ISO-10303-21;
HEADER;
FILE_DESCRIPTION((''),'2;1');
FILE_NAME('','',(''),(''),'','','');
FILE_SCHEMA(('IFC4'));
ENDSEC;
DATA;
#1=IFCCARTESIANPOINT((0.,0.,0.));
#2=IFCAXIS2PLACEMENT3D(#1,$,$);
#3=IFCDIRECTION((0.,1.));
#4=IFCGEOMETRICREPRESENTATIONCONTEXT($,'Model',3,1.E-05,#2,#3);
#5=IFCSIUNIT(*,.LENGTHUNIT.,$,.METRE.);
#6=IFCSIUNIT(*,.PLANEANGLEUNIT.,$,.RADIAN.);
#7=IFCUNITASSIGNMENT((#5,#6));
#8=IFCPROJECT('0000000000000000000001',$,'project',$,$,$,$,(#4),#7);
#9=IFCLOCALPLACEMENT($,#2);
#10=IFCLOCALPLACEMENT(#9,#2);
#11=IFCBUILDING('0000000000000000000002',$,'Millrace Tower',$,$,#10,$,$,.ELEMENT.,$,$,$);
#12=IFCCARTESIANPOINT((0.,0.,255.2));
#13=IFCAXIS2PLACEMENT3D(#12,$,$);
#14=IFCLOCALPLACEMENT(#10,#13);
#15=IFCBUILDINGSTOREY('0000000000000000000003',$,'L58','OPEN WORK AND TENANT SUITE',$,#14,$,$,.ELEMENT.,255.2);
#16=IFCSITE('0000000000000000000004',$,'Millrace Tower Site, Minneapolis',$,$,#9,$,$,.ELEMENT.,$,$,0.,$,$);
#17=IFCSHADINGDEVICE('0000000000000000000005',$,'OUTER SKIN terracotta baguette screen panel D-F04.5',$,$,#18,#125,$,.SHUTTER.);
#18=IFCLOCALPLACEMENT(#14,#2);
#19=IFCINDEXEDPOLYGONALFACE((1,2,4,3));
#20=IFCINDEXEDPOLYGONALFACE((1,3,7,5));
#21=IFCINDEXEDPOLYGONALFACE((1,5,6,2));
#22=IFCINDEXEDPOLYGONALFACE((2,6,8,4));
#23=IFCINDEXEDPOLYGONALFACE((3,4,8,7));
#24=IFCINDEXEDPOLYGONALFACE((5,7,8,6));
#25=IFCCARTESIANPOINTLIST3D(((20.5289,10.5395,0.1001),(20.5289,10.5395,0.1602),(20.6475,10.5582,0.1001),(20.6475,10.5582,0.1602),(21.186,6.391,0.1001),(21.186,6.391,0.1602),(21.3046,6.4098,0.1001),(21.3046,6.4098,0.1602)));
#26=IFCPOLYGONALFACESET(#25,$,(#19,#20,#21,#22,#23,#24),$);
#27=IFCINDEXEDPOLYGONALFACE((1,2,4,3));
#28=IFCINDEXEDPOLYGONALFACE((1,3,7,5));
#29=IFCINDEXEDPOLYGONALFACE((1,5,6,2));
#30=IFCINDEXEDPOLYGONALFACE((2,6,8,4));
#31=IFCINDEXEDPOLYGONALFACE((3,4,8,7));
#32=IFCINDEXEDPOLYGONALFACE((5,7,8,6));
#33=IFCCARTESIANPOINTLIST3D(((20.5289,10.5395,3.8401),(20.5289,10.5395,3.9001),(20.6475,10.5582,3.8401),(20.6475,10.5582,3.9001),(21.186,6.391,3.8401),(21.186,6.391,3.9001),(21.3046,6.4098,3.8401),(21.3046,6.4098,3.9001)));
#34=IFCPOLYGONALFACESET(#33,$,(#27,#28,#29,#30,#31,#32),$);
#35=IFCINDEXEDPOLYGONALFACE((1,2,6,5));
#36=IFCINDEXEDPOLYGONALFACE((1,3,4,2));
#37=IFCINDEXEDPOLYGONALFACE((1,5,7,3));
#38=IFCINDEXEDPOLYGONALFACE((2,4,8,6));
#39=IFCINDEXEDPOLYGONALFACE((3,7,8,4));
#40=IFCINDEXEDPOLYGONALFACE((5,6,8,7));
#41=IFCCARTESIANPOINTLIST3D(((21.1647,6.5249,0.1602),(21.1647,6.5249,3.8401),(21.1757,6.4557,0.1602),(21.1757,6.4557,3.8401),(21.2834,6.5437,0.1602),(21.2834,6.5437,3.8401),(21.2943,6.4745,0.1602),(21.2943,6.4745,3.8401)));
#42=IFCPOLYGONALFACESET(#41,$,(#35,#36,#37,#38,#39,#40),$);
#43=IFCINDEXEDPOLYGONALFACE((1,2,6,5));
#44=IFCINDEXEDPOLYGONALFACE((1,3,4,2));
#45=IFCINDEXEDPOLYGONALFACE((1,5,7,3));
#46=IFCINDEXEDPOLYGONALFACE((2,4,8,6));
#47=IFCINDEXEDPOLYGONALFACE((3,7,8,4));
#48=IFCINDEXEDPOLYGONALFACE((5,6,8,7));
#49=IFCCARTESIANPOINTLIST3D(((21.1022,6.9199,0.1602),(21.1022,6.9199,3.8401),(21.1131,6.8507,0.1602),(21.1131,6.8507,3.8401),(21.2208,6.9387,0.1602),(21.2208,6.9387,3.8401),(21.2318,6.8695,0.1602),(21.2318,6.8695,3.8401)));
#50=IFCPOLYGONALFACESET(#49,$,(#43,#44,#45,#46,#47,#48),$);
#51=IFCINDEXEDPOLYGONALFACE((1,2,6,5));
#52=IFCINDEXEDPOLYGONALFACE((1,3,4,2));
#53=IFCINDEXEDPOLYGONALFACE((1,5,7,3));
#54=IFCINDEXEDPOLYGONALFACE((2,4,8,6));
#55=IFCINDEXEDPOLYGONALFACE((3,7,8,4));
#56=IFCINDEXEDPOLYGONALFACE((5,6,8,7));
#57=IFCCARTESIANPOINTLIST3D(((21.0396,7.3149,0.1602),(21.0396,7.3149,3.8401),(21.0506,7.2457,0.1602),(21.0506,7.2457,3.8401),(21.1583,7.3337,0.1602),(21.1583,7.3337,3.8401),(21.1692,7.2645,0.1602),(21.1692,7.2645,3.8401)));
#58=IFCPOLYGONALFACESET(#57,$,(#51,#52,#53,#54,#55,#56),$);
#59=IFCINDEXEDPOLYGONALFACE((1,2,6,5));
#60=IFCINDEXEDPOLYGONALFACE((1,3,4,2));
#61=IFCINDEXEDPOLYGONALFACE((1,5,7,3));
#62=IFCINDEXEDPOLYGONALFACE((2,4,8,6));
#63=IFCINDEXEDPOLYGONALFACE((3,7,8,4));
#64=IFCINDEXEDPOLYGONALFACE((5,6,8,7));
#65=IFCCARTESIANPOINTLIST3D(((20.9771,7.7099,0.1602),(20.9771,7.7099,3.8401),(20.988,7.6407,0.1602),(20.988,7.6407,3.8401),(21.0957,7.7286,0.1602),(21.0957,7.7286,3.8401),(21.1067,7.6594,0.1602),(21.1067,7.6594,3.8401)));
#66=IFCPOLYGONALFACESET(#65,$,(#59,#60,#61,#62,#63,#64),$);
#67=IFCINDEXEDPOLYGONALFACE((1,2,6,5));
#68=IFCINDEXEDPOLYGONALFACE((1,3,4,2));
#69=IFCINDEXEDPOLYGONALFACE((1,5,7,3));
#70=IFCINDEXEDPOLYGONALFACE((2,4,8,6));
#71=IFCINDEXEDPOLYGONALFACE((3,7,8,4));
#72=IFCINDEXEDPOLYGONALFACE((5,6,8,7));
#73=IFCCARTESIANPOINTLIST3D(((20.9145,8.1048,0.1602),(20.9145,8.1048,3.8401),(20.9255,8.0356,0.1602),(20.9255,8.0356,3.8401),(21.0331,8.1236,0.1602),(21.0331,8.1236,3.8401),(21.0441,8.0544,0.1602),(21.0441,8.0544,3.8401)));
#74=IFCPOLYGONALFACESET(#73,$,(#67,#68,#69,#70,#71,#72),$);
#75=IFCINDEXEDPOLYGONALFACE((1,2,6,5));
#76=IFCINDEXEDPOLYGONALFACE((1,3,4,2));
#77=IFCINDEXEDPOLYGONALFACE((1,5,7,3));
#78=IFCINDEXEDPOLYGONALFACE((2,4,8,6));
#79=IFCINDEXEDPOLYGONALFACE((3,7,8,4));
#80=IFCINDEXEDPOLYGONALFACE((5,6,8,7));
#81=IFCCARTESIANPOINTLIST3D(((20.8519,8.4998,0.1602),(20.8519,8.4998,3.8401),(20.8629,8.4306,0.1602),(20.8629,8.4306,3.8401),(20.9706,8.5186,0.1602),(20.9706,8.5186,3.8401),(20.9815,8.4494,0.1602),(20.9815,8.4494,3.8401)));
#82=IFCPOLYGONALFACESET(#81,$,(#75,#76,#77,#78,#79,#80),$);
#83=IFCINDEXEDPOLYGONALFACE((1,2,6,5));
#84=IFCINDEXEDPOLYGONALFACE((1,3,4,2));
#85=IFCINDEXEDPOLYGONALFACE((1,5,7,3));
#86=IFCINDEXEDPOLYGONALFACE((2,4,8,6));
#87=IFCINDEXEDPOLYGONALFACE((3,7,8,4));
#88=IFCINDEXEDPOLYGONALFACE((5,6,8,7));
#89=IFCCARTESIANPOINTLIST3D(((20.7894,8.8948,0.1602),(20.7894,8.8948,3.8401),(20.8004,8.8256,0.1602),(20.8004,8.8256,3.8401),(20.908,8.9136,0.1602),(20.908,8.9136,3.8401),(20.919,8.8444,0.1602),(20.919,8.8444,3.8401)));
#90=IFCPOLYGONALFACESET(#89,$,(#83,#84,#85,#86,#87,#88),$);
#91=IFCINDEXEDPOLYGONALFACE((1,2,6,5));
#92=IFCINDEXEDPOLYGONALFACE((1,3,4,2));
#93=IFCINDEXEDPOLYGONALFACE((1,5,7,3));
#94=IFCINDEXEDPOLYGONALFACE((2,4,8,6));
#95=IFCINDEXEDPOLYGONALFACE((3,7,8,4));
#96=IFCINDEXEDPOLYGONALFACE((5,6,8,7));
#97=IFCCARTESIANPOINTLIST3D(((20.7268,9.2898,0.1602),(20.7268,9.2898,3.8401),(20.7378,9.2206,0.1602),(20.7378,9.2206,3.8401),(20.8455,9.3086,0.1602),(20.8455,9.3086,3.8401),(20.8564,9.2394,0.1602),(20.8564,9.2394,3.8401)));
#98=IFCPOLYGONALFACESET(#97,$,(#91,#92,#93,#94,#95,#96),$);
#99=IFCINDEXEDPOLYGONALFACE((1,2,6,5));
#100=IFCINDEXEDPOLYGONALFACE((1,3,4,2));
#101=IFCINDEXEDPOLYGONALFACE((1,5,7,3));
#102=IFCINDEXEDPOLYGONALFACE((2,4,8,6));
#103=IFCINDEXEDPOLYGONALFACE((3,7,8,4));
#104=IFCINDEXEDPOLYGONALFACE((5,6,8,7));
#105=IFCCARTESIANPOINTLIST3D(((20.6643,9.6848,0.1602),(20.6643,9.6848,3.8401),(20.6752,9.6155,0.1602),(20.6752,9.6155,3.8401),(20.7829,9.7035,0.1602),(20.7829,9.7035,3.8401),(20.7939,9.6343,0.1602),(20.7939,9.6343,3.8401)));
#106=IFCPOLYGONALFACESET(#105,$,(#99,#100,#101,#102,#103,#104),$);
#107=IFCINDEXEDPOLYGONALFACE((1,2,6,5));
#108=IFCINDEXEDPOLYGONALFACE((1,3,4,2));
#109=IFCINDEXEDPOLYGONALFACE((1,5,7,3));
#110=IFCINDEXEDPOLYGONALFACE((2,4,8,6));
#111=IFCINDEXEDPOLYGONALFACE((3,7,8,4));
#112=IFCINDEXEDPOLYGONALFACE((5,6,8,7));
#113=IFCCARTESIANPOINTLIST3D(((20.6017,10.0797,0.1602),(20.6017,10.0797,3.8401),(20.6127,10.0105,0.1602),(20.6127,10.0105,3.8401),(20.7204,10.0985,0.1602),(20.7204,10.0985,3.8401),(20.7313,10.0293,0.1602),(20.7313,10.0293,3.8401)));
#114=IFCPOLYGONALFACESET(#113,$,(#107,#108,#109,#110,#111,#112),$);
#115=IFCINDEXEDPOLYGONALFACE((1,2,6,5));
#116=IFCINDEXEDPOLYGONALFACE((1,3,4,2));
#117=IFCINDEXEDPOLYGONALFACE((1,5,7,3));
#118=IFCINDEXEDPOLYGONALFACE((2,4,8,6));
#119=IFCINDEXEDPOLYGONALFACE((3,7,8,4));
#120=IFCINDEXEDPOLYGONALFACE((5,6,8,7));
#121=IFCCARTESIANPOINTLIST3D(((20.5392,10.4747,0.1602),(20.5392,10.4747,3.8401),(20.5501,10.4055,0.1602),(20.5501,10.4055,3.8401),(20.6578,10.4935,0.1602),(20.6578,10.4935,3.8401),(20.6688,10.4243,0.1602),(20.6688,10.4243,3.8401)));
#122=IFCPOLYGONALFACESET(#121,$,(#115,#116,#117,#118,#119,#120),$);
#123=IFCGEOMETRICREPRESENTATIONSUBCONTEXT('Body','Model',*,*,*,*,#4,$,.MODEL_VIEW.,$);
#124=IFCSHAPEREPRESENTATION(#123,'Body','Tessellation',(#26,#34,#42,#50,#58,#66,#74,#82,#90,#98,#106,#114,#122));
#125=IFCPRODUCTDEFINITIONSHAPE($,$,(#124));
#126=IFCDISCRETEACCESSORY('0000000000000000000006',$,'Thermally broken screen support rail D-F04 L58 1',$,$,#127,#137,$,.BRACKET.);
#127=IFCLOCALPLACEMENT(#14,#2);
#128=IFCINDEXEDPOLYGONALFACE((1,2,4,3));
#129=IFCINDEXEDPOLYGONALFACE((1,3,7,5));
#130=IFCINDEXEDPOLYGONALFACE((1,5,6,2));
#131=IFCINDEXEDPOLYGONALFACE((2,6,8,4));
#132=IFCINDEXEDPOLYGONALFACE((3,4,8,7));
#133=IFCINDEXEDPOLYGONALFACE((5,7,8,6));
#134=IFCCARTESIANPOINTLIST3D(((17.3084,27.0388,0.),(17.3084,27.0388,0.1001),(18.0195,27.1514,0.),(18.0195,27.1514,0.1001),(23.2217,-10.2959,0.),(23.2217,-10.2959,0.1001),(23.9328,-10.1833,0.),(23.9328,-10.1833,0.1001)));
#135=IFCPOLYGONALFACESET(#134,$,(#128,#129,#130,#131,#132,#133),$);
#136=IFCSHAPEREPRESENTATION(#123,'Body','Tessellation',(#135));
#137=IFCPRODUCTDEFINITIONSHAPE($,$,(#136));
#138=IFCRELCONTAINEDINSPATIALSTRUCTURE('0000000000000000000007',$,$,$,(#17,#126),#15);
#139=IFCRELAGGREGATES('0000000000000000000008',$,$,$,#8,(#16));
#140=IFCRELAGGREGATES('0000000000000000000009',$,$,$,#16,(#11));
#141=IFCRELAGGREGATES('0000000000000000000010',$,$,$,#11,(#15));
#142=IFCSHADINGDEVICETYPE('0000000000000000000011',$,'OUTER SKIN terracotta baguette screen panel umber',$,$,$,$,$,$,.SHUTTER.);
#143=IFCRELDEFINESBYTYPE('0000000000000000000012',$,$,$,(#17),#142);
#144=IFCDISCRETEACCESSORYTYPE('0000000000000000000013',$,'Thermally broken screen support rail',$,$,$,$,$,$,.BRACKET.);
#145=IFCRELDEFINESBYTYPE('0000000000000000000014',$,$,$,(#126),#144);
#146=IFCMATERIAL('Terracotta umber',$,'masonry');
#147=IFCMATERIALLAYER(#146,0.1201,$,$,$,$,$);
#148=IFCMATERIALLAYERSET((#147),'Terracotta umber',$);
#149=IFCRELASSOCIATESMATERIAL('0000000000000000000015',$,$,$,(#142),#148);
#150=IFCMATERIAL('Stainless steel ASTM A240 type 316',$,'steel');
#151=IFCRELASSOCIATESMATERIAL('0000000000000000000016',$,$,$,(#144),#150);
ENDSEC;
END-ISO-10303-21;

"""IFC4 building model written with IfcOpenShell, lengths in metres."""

from ifc_helpers import new_model, entity, si_unit, direction, frame, frame_2d, origin, origin_2d, place, context, subcontext, project, spatial, rectangle, extrude, source, transform, mapped, material, layer, layer_set, type_object, element, save


model = new_model("IFC4")

# Units and contexts
model_context = context("Model", 3, precision=1e-05, world=origin(), true_north=direction((0.0, 1.0)))
body_context = subcontext(model_context, "Body", "Model", "MODEL_VIEW")
ifc_project = project(units=[si_unit("LENGTHUNIT", "METRE"), si_unit("PLANEANGLEUNIT", "RADIAN")], contexts=[model_context])

# Site, building, storey
site_placement = place(None, origin())
site = spatial("IfcSite", under=ifc_project, at=site_placement, Name="Millrace Tower Site, Minneapolis", CompositionType="ELEMENT", RefElevation=0.0)
building_placement = place(site_placement, origin())
building = spatial("IfcBuilding", under=site, at=building_placement, Name="Millrace Tower", CompositionType="ELEMENT")
storey_placement = place(building_placement, frame((0.0, 0.0, 255.2)))
storey = spatial("IfcBuildingStorey", under=building, at=storey_placement, Name="L58", Description="OPEN WORK AND TENANT SUITE", CompositionType="ELEMENT", Elevation=255.2)

# Shading device
ifc_material_1 = material(Name="Terracotta umber", Category="masonry")
ifc_layer_1 = layer(ifc_material_1, 0.1201)
ifc_layer_set_1 = layer_set([ifc_layer_1], Name="Terracotta umber")
shading_device_type = type_object("IfcShadingDeviceType", Name="OUTER SKIN terracotta baguette screen panel umber", PredefinedType="SHUTTER", material=ifc_layer_set_1)
cartesian_point = entity("IfcCartesianPoint", [-2.1001, 0.0601])
shared_polyline = entity("IfcPolyline", [cartesian_point, entity("IfcCartesianPoint", [2.1001, 0.0601]), entity("IfcCartesianPoint", [2.1001, -0.0601]), entity("IfcCartesianPoint", [-2.1001, -0.0601]), cartesian_point])
shared_shape = source(origin(), body_context, "Body", "SweptSolid", [
    entity("IfcExtrudedAreaSolid", entity("IfcArbitraryClosedProfileDef", "AREA", None, shared_polyline), entity("IfcAxis2Placement3D", entity("IfcCartesianPoint", [0.0, 0.0, 0.0])), entity("IfcDirection", [0.0, 0.0, 1.0]), 0.0601),
    entity("IfcExtrudedAreaSolid", entity("IfcArbitraryClosedProfileDef", "AREA", None, shared_polyline), entity("IfcAxis2Placement3D", entity("IfcCartesianPoint", [0.0, 0.0, 3.74])), entity("IfcDirection", [0.0, 0.0, 1.0]), 0.0601),
    extrude(rectangle(XDim=0.0701, YDim=0.1201, at=frame_2d((-1.9995, 0.0))), frame((0.0, 0.0, 0.0601)), (0.0, 0.0, 1.0), 3.6799),
    extrude(rectangle(XDim=0.0701, YDim=0.1201, at=frame_2d((-1.5996, 0.0))), frame((0.0, 0.0, 0.0601)), (0.0, 0.0, 1.0), 3.6799),
    extrude(rectangle(XDim=0.0701, YDim=0.1201, at=frame_2d((-1.1997, 0.0))), frame((0.0, 0.0, 0.0601)), (0.0, 0.0, 1.0), 3.6799),
    extrude(rectangle(XDim=0.0701, YDim=0.1201, at=frame_2d((-0.7998, 0.0))), frame((0.0, 0.0, 0.0601)), (0.0, 0.0, 1.0), 3.6799),
    extrude(rectangle(XDim=0.0701, YDim=0.1201, at=frame_2d((-0.3999, 0.0))), frame((0.0, 0.0, 0.0601)), (0.0, 0.0, 1.0), 3.6799),
    extrude(rectangle(XDim=0.0701, YDim=0.1201, at=origin_2d()), frame((0.0, 0.0, 0.0601)), (0.0, 0.0, 1.0), 3.6799),
    extrude(rectangle(XDim=0.0701, YDim=0.1201, at=frame_2d((0.3999, 0.0))), frame((0.0, 0.0, 0.0601)), (0.0, 0.0, 1.0), 3.6799),
    extrude(rectangle(XDim=0.0701, YDim=0.1201, at=frame_2d((0.7998, 0.0))), frame((0.0, 0.0, 0.0601)), (0.0, 0.0, 1.0), 3.6799),
    extrude(rectangle(XDim=0.0701, YDim=0.1201, at=frame_2d((1.1997, 0.0))), frame((0.0, 0.0, 0.0601)), (0.0, 0.0, 1.0), 3.6799),
    extrude(rectangle(XDim=0.0701, YDim=0.1201, at=frame_2d((1.5996, 0.0))), frame((0.0, 0.0, 0.0601)), (0.0, 0.0, 1.0), 3.6799),
    extrude(rectangle(XDim=0.0701, YDim=0.1201, at=frame_2d((1.9995, 0.0))), frame((0.0, 0.0, 0.0601)), (0.0, 0.0, 1.0), 3.6799),
])
for number, where, z_axis, x_axis, name in (
    (1, (20.9167, 8.4746, 0.1001), (0.0, 0.0, 1.0), (-0.156434, 0.987688, 0.0), "OUTER SKIN terracotta baguette screen panel D-F04.5"),
):
    element("IfcShadingDevice", number, at=place(storey_placement, frame(where, z_axis=z_axis, x_axis=x_axis)), inside=storey, type_object=shading_device_type, Name=name, PredefinedType="SHUTTER", context=body_context, shape_type="MappedRepresentation", body=[
        mapped(shared_shape, transform((0.0, 0.0, 0.0), scale=1.0)),
    ])

# Discrete accessory
ifc_material_2 = material(Name="Stainless steel ASTM A240 type 316", Category="steel")
discrete_accessory_type = type_object("IfcDiscreteAccessoryType", Name="Thermally broken screen support rail", PredefinedType="BRACKET", material=ifc_material_2)
discrete_accessory_placement = place(storey_placement, frame((20.6206, 8.4277, 0.0), z_axis=(0.0, 0.0, 1.0), x_axis=(-0.156434, 0.987688, 0.0)))
element("IfcDiscreteAccessory", 2, at=discrete_accessory_placement, inside=storey, type_object=discrete_accessory_type, Name="Thermally broken screen support rail D-F04 L58 1", PredefinedType="BRACKET", context=body_context, shape_type="SweptSolid", body=[
    extrude(rectangle(XDim=37.8, YDim=0.72, at=origin_2d()), origin(), (0.0, 0.0, 1.0), 0.1001),
])

save(model, "model.ifc")
